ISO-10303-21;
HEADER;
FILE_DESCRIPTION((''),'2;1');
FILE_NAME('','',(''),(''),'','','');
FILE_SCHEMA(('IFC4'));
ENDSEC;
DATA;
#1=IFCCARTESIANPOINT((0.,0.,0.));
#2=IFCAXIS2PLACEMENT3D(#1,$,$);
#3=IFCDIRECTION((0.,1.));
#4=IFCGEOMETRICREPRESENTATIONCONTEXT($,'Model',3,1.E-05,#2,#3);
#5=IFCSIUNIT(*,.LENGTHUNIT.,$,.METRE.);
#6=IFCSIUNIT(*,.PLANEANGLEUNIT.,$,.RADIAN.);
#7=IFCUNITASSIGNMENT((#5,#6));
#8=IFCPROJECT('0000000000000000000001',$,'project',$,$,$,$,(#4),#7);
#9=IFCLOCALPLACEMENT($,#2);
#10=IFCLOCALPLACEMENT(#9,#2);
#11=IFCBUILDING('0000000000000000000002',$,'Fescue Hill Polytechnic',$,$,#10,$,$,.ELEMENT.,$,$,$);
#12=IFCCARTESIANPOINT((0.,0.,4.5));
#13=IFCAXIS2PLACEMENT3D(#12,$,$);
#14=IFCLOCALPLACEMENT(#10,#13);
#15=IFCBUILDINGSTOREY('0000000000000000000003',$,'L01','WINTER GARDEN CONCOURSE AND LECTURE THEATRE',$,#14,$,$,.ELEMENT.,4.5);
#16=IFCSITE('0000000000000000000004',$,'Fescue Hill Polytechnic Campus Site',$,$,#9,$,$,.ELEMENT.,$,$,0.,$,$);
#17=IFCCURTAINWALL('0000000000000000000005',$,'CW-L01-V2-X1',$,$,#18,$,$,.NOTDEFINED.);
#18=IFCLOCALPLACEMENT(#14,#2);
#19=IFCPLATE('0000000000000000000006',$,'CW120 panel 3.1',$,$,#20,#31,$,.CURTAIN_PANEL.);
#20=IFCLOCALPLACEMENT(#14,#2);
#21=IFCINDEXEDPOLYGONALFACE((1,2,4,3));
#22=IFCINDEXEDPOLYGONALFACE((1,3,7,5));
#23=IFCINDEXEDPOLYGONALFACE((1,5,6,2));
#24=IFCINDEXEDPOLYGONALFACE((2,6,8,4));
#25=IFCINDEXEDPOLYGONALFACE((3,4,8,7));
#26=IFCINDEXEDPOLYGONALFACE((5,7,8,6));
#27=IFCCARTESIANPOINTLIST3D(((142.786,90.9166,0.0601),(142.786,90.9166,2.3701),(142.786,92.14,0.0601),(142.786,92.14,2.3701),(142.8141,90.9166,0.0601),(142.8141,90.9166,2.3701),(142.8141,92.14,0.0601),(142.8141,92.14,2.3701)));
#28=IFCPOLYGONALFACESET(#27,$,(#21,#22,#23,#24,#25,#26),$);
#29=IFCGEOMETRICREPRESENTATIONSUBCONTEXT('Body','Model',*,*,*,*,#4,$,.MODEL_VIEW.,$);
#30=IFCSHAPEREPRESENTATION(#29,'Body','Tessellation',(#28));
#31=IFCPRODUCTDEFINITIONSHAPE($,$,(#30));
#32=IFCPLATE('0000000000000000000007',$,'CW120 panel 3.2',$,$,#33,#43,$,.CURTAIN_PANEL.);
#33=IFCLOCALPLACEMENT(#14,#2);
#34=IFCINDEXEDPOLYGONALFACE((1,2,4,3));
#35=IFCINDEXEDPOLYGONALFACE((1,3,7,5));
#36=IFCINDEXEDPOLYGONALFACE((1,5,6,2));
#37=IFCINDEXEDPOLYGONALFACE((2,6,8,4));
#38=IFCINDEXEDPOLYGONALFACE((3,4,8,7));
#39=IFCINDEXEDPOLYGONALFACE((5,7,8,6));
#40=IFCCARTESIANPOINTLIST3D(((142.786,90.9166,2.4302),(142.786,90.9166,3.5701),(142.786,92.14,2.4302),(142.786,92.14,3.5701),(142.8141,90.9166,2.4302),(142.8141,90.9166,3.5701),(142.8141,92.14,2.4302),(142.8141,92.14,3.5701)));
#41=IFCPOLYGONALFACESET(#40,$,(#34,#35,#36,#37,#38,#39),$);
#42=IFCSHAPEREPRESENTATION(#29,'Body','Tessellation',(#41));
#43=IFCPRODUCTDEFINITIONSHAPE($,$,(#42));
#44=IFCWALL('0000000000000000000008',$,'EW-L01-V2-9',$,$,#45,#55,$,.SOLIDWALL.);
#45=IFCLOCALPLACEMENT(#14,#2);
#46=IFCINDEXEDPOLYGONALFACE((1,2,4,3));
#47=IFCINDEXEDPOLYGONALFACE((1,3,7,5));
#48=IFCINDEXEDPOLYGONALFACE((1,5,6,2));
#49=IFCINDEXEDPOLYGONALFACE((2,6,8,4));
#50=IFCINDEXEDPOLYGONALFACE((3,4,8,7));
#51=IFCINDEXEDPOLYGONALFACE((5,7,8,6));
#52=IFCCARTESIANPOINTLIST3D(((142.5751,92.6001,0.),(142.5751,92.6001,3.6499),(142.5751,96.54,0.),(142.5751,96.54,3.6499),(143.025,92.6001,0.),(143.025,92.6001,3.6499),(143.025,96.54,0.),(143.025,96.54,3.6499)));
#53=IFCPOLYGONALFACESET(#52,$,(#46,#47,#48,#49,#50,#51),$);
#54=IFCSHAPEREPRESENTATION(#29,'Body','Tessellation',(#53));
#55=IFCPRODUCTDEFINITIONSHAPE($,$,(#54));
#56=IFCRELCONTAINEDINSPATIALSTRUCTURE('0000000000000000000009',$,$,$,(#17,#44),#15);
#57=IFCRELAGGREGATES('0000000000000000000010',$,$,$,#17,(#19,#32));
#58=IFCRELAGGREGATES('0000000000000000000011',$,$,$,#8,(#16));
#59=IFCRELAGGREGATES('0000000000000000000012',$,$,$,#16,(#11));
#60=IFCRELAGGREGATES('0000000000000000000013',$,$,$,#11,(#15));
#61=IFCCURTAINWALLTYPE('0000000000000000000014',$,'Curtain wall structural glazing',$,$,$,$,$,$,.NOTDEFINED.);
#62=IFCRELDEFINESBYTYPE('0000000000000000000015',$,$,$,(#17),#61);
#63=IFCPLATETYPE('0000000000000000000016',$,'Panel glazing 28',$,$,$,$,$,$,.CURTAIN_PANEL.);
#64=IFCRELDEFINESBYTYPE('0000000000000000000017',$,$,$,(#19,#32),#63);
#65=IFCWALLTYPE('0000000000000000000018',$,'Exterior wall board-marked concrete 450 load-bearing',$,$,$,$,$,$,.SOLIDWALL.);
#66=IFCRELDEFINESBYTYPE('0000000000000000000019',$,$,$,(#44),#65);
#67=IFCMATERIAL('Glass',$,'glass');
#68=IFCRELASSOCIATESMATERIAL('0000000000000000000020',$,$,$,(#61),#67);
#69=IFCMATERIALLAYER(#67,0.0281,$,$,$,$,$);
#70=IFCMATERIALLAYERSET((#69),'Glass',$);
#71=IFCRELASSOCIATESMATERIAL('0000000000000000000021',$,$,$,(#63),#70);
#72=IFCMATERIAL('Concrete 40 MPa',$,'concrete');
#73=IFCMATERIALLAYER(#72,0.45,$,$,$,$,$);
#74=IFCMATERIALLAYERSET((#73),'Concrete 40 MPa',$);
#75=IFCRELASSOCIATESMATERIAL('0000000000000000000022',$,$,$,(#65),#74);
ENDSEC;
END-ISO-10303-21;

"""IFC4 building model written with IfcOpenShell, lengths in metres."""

from ifc_helpers import new_model, si_unit, direction, frame, frame_2d, origin, origin_2d, place, context, subcontext, project, spatial, rectangle, extrude, material, layer, layer_set, type_object, element, aggregate, save


model = new_model("IFC4")

# Units and contexts
model_context = context("Model", 3, precision=1e-05, world=origin(), true_north=direction((0.0, 1.0)))
body_context = subcontext(model_context, "Body", "Model", "MODEL_VIEW")
ifc_project = project(units=[si_unit("LENGTHUNIT", "METRE"), si_unit("PLANEANGLEUNIT", "RADIAN")], contexts=[model_context])

# Site, building, storey
site_placement = place(None, origin())
site = spatial("IfcSite", under=ifc_project, at=site_placement, Name="Fescue Hill Polytechnic Campus Site", CompositionType="ELEMENT", RefElevation=0.0)
building_placement = place(site_placement, origin())
building = spatial("IfcBuilding", under=site, at=building_placement, Name="Fescue Hill Polytechnic", CompositionType="ELEMENT")
storey_placement = place(building_placement, frame((0.0, 0.0, 4.5)))
storey = spatial("IfcBuildingStorey", under=building, at=storey_placement, Name="L01", Description="WINTER GARDEN CONCOURSE AND LECTURE THEATRE", CompositionType="ELEMENT", Elevation=4.5)

# Shared definitions
ifc_material_1 = material(Name="Concrete 40 MPa", Category="concrete")

# Curtain wall, plates
ifc_material_2 = material(Name="Glass", Category="glass")
curtain_wall_type = type_object("IfcCurtainWallType", Name="Curtain wall structural glazing", PredefinedType="NOTDEFINED", material=ifc_material_2)
curtain_wall_placement = place(storey_placement, origin())
curtain_wall = element("IfcCurtainWall", 1, at=curtain_wall_placement, inside=storey, type_object=curtain_wall_type, Name="CW-L01-V2-X1", PredefinedType="NOTDEFINED")
ifc_layer_1 = layer(ifc_material_2, 0.0281)
ifc_layer_set_1 = layer_set([ifc_layer_1], Name="Glass")
plate_type = type_object("IfcPlateType", Name="Panel glazing 28", PredefinedType="CURTAIN_PANEL", material=ifc_layer_set_1)
plate_1_placement = place(storey_placement, frame((142.8, 91.5283, 0.0601), z_axis=(0.0, 0.0, 1.0), x_axis=(0.0, 1.0, 0.0)))
plate_1 = element("IfcPlate", 2, at=plate_1_placement, type_object=plate_type, Name="CW120 panel 3.1", PredefinedType="CURTAIN_PANEL", context=body_context, shape_type="SweptSolid", body=[
    extrude(rectangle(XDim=1.2234, YDim=0.0281, at=origin_2d()), origin(), (0.0, 0.0, 1.0), 2.3101),
])
plate_2_placement = place(storey_placement, frame((142.8, 91.5283, 2.4302), z_axis=(0.0, 0.0, 1.0), x_axis=(0.0, 1.0, 0.0)))
plate_2 = element("IfcPlate", 3, at=plate_2_placement, type_object=plate_type, Name="CW120 panel 3.2", PredefinedType="CURTAIN_PANEL", context=body_context, shape_type="SweptSolid", body=[
    extrude(rectangle(XDim=1.2234, YDim=0.0281, at=origin_2d()), origin(), (0.0, 0.0, 1.0), 1.1399),
])
aggregate(curtain_wall, [plate_1, plate_2])

# Wall
ifc_layer_2 = layer(ifc_material_1, 0.45)
ifc_layer_set_2 = layer_set([ifc_layer_2], Name="Concrete 40 MPa")
wall_type = type_object("IfcWallType", Name="Exterior wall board-marked concrete 450 load-bearing", PredefinedType="SOLIDWALL", material=ifc_layer_set_2)
wall_placement = place(storey_placement, frame((142.8, 92.6001, 0.0), z_axis=(0.0, 0.0, 1.0), x_axis=(0.0, 1.0, 0.0)))
element("IfcWall", 4, at=wall_placement, inside=storey, type_object=wall_type, Name="EW-L01-V2-9", PredefinedType="SOLIDWALL", context=body_context, shape_type="SweptSolid", body=[
    extrude(rectangle(XDim=3.9399, YDim=0.45, at=frame_2d((1.97, 0.0))), origin(), (0.0, 0.0, 1.0), 3.6499),
])

save(model, "model.ifc")
